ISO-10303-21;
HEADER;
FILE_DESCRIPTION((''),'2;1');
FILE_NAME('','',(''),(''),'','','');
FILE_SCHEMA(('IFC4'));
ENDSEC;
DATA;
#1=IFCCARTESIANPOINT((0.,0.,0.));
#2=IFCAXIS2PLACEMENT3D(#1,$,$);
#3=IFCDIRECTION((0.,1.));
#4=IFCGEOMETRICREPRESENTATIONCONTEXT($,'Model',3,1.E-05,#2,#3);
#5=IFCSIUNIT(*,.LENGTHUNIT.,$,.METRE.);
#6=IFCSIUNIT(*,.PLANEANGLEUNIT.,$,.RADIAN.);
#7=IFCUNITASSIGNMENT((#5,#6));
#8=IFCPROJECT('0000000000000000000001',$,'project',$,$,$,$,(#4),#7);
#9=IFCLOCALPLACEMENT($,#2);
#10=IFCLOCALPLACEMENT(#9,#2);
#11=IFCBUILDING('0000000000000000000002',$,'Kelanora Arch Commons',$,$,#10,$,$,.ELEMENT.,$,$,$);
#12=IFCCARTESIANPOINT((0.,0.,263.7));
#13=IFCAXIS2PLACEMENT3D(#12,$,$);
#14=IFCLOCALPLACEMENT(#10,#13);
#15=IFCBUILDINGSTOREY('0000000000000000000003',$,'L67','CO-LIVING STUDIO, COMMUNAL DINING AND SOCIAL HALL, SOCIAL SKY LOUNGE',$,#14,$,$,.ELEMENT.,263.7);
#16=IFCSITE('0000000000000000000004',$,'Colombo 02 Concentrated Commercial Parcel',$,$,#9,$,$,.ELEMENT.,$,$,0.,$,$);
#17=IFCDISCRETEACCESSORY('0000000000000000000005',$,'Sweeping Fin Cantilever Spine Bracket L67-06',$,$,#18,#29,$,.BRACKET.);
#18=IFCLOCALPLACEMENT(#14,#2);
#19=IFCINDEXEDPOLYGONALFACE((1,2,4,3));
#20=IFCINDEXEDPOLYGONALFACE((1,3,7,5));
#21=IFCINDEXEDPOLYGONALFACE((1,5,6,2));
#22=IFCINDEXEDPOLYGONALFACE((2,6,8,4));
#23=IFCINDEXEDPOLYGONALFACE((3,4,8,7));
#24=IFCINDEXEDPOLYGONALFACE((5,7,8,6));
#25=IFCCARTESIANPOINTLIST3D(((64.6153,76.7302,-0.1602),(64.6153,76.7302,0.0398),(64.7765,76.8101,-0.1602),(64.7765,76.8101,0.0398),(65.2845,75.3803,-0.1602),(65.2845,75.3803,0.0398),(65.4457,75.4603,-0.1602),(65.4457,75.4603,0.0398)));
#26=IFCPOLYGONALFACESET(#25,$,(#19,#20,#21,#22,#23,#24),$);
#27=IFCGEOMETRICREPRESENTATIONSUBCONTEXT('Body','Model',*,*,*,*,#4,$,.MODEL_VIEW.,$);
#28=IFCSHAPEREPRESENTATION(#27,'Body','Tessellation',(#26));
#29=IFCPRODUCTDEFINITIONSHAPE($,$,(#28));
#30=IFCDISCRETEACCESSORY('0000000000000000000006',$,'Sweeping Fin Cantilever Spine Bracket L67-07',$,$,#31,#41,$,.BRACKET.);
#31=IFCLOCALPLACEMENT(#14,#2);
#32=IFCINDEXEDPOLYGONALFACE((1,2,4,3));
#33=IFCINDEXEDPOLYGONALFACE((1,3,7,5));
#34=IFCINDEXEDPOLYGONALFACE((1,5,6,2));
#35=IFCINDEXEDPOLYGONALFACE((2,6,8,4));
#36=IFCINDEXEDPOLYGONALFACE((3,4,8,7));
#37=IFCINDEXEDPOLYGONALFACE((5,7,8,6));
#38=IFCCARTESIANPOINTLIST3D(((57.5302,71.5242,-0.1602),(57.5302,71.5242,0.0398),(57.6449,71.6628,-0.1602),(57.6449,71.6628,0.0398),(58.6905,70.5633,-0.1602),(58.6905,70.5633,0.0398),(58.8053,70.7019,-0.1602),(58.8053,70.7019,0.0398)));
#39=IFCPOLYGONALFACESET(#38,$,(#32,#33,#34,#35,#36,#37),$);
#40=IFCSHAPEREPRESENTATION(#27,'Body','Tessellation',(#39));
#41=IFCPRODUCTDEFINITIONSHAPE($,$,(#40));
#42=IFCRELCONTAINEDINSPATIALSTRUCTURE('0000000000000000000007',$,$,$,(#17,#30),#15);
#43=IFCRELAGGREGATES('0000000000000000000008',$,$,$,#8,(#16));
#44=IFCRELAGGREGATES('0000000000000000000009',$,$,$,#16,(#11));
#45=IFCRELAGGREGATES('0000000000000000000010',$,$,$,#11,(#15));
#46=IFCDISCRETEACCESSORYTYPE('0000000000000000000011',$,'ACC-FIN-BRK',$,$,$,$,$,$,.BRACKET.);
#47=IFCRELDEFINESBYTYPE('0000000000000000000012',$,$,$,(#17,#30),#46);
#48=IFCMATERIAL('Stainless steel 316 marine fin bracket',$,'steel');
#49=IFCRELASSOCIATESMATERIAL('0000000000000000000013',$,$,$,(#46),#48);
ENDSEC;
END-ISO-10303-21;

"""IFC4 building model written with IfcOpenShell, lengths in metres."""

from ifc_helpers import new_model, si_unit, direction, frame, origin, origin_2d, place, context, subcontext, project, spatial, rectangle, extrude, source, transform, mapped, material, type_object, element, save


model = new_model("IFC4")

# Units and contexts
model_context = context("Model", 3, precision=1e-05, world=origin(), true_north=direction((0.0, 1.0)))
body_context = subcontext(model_context, "Body", "Model", "MODEL_VIEW")
ifc_project = project(units=[si_unit("LENGTHUNIT", "METRE"), si_unit("PLANEANGLEUNIT", "RADIAN")], contexts=[model_context])

# Site, building, storey
site_placement = place(None, origin())
site = spatial("IfcSite", under=ifc_project, at=site_placement, Name="Colombo 02 Concentrated Commercial Parcel", CompositionType="ELEMENT", RefElevation=0.0)
building_placement = place(site_placement, origin())
building = spatial("IfcBuilding", under=site, at=building_placement, Name="Kelanora Arch Commons", CompositionType="ELEMENT")
storey_placement = place(building_placement, frame((0.0, 0.0, 263.7)))
storey = spatial("IfcBuildingStorey", under=building, at=storey_placement, Name="L67", Description="CO-LIVING STUDIO, COMMUNAL DINING AND SOCIAL HALL, SOCIAL SKY LOUNGE", CompositionType="ELEMENT", Elevation=263.7)

# Discrete accessories
ifc_material_1 = material(Name="Stainless steel 316 marine fin bracket", Category="steel")
discrete_accessory_type = type_object("IfcDiscreteAccessoryType", Name="ACC-FIN-BRK", PredefinedType="BRACKET", material=ifc_material_1)
shared_shape_1 = source(origin(), body_context, "Body", "SweptSolid", [
    extrude(rectangle(XDim=1.5066, YDim=0.1799, at=origin_2d()), origin(), (0.0, 0.0, 1.0), 0.2),
])
for number, where, z_axis, x_axis, name in (
    (1, (65.0305, 76.0952, -0.1602), (0.0, 0.0, 1.0), (-0.444166, 0.895944, 0.0), "Sweeping Fin Cantilever Spine Bracket L67-06"),
    (2, (58.1677, 71.113, -0.1602), (0.0, 0.0, 1.0), (-0.770179, 0.637827, 0.0), "Sweeping Fin Cantilever Spine Bracket L67-07"),
):
    element("IfcDiscreteAccessory", number, at=place(storey_placement, frame(where, z_axis=z_axis, x_axis=x_axis)), inside=storey, type_object=discrete_accessory_type, Name=name, PredefinedType="BRACKET", context=body_context, shape_type="MappedRepresentation", body=[
        mapped(shared_shape_1, transform((0.0, 0.0, 0.0), scale=1.0)),
    ])

save(model, "model.ifc")
